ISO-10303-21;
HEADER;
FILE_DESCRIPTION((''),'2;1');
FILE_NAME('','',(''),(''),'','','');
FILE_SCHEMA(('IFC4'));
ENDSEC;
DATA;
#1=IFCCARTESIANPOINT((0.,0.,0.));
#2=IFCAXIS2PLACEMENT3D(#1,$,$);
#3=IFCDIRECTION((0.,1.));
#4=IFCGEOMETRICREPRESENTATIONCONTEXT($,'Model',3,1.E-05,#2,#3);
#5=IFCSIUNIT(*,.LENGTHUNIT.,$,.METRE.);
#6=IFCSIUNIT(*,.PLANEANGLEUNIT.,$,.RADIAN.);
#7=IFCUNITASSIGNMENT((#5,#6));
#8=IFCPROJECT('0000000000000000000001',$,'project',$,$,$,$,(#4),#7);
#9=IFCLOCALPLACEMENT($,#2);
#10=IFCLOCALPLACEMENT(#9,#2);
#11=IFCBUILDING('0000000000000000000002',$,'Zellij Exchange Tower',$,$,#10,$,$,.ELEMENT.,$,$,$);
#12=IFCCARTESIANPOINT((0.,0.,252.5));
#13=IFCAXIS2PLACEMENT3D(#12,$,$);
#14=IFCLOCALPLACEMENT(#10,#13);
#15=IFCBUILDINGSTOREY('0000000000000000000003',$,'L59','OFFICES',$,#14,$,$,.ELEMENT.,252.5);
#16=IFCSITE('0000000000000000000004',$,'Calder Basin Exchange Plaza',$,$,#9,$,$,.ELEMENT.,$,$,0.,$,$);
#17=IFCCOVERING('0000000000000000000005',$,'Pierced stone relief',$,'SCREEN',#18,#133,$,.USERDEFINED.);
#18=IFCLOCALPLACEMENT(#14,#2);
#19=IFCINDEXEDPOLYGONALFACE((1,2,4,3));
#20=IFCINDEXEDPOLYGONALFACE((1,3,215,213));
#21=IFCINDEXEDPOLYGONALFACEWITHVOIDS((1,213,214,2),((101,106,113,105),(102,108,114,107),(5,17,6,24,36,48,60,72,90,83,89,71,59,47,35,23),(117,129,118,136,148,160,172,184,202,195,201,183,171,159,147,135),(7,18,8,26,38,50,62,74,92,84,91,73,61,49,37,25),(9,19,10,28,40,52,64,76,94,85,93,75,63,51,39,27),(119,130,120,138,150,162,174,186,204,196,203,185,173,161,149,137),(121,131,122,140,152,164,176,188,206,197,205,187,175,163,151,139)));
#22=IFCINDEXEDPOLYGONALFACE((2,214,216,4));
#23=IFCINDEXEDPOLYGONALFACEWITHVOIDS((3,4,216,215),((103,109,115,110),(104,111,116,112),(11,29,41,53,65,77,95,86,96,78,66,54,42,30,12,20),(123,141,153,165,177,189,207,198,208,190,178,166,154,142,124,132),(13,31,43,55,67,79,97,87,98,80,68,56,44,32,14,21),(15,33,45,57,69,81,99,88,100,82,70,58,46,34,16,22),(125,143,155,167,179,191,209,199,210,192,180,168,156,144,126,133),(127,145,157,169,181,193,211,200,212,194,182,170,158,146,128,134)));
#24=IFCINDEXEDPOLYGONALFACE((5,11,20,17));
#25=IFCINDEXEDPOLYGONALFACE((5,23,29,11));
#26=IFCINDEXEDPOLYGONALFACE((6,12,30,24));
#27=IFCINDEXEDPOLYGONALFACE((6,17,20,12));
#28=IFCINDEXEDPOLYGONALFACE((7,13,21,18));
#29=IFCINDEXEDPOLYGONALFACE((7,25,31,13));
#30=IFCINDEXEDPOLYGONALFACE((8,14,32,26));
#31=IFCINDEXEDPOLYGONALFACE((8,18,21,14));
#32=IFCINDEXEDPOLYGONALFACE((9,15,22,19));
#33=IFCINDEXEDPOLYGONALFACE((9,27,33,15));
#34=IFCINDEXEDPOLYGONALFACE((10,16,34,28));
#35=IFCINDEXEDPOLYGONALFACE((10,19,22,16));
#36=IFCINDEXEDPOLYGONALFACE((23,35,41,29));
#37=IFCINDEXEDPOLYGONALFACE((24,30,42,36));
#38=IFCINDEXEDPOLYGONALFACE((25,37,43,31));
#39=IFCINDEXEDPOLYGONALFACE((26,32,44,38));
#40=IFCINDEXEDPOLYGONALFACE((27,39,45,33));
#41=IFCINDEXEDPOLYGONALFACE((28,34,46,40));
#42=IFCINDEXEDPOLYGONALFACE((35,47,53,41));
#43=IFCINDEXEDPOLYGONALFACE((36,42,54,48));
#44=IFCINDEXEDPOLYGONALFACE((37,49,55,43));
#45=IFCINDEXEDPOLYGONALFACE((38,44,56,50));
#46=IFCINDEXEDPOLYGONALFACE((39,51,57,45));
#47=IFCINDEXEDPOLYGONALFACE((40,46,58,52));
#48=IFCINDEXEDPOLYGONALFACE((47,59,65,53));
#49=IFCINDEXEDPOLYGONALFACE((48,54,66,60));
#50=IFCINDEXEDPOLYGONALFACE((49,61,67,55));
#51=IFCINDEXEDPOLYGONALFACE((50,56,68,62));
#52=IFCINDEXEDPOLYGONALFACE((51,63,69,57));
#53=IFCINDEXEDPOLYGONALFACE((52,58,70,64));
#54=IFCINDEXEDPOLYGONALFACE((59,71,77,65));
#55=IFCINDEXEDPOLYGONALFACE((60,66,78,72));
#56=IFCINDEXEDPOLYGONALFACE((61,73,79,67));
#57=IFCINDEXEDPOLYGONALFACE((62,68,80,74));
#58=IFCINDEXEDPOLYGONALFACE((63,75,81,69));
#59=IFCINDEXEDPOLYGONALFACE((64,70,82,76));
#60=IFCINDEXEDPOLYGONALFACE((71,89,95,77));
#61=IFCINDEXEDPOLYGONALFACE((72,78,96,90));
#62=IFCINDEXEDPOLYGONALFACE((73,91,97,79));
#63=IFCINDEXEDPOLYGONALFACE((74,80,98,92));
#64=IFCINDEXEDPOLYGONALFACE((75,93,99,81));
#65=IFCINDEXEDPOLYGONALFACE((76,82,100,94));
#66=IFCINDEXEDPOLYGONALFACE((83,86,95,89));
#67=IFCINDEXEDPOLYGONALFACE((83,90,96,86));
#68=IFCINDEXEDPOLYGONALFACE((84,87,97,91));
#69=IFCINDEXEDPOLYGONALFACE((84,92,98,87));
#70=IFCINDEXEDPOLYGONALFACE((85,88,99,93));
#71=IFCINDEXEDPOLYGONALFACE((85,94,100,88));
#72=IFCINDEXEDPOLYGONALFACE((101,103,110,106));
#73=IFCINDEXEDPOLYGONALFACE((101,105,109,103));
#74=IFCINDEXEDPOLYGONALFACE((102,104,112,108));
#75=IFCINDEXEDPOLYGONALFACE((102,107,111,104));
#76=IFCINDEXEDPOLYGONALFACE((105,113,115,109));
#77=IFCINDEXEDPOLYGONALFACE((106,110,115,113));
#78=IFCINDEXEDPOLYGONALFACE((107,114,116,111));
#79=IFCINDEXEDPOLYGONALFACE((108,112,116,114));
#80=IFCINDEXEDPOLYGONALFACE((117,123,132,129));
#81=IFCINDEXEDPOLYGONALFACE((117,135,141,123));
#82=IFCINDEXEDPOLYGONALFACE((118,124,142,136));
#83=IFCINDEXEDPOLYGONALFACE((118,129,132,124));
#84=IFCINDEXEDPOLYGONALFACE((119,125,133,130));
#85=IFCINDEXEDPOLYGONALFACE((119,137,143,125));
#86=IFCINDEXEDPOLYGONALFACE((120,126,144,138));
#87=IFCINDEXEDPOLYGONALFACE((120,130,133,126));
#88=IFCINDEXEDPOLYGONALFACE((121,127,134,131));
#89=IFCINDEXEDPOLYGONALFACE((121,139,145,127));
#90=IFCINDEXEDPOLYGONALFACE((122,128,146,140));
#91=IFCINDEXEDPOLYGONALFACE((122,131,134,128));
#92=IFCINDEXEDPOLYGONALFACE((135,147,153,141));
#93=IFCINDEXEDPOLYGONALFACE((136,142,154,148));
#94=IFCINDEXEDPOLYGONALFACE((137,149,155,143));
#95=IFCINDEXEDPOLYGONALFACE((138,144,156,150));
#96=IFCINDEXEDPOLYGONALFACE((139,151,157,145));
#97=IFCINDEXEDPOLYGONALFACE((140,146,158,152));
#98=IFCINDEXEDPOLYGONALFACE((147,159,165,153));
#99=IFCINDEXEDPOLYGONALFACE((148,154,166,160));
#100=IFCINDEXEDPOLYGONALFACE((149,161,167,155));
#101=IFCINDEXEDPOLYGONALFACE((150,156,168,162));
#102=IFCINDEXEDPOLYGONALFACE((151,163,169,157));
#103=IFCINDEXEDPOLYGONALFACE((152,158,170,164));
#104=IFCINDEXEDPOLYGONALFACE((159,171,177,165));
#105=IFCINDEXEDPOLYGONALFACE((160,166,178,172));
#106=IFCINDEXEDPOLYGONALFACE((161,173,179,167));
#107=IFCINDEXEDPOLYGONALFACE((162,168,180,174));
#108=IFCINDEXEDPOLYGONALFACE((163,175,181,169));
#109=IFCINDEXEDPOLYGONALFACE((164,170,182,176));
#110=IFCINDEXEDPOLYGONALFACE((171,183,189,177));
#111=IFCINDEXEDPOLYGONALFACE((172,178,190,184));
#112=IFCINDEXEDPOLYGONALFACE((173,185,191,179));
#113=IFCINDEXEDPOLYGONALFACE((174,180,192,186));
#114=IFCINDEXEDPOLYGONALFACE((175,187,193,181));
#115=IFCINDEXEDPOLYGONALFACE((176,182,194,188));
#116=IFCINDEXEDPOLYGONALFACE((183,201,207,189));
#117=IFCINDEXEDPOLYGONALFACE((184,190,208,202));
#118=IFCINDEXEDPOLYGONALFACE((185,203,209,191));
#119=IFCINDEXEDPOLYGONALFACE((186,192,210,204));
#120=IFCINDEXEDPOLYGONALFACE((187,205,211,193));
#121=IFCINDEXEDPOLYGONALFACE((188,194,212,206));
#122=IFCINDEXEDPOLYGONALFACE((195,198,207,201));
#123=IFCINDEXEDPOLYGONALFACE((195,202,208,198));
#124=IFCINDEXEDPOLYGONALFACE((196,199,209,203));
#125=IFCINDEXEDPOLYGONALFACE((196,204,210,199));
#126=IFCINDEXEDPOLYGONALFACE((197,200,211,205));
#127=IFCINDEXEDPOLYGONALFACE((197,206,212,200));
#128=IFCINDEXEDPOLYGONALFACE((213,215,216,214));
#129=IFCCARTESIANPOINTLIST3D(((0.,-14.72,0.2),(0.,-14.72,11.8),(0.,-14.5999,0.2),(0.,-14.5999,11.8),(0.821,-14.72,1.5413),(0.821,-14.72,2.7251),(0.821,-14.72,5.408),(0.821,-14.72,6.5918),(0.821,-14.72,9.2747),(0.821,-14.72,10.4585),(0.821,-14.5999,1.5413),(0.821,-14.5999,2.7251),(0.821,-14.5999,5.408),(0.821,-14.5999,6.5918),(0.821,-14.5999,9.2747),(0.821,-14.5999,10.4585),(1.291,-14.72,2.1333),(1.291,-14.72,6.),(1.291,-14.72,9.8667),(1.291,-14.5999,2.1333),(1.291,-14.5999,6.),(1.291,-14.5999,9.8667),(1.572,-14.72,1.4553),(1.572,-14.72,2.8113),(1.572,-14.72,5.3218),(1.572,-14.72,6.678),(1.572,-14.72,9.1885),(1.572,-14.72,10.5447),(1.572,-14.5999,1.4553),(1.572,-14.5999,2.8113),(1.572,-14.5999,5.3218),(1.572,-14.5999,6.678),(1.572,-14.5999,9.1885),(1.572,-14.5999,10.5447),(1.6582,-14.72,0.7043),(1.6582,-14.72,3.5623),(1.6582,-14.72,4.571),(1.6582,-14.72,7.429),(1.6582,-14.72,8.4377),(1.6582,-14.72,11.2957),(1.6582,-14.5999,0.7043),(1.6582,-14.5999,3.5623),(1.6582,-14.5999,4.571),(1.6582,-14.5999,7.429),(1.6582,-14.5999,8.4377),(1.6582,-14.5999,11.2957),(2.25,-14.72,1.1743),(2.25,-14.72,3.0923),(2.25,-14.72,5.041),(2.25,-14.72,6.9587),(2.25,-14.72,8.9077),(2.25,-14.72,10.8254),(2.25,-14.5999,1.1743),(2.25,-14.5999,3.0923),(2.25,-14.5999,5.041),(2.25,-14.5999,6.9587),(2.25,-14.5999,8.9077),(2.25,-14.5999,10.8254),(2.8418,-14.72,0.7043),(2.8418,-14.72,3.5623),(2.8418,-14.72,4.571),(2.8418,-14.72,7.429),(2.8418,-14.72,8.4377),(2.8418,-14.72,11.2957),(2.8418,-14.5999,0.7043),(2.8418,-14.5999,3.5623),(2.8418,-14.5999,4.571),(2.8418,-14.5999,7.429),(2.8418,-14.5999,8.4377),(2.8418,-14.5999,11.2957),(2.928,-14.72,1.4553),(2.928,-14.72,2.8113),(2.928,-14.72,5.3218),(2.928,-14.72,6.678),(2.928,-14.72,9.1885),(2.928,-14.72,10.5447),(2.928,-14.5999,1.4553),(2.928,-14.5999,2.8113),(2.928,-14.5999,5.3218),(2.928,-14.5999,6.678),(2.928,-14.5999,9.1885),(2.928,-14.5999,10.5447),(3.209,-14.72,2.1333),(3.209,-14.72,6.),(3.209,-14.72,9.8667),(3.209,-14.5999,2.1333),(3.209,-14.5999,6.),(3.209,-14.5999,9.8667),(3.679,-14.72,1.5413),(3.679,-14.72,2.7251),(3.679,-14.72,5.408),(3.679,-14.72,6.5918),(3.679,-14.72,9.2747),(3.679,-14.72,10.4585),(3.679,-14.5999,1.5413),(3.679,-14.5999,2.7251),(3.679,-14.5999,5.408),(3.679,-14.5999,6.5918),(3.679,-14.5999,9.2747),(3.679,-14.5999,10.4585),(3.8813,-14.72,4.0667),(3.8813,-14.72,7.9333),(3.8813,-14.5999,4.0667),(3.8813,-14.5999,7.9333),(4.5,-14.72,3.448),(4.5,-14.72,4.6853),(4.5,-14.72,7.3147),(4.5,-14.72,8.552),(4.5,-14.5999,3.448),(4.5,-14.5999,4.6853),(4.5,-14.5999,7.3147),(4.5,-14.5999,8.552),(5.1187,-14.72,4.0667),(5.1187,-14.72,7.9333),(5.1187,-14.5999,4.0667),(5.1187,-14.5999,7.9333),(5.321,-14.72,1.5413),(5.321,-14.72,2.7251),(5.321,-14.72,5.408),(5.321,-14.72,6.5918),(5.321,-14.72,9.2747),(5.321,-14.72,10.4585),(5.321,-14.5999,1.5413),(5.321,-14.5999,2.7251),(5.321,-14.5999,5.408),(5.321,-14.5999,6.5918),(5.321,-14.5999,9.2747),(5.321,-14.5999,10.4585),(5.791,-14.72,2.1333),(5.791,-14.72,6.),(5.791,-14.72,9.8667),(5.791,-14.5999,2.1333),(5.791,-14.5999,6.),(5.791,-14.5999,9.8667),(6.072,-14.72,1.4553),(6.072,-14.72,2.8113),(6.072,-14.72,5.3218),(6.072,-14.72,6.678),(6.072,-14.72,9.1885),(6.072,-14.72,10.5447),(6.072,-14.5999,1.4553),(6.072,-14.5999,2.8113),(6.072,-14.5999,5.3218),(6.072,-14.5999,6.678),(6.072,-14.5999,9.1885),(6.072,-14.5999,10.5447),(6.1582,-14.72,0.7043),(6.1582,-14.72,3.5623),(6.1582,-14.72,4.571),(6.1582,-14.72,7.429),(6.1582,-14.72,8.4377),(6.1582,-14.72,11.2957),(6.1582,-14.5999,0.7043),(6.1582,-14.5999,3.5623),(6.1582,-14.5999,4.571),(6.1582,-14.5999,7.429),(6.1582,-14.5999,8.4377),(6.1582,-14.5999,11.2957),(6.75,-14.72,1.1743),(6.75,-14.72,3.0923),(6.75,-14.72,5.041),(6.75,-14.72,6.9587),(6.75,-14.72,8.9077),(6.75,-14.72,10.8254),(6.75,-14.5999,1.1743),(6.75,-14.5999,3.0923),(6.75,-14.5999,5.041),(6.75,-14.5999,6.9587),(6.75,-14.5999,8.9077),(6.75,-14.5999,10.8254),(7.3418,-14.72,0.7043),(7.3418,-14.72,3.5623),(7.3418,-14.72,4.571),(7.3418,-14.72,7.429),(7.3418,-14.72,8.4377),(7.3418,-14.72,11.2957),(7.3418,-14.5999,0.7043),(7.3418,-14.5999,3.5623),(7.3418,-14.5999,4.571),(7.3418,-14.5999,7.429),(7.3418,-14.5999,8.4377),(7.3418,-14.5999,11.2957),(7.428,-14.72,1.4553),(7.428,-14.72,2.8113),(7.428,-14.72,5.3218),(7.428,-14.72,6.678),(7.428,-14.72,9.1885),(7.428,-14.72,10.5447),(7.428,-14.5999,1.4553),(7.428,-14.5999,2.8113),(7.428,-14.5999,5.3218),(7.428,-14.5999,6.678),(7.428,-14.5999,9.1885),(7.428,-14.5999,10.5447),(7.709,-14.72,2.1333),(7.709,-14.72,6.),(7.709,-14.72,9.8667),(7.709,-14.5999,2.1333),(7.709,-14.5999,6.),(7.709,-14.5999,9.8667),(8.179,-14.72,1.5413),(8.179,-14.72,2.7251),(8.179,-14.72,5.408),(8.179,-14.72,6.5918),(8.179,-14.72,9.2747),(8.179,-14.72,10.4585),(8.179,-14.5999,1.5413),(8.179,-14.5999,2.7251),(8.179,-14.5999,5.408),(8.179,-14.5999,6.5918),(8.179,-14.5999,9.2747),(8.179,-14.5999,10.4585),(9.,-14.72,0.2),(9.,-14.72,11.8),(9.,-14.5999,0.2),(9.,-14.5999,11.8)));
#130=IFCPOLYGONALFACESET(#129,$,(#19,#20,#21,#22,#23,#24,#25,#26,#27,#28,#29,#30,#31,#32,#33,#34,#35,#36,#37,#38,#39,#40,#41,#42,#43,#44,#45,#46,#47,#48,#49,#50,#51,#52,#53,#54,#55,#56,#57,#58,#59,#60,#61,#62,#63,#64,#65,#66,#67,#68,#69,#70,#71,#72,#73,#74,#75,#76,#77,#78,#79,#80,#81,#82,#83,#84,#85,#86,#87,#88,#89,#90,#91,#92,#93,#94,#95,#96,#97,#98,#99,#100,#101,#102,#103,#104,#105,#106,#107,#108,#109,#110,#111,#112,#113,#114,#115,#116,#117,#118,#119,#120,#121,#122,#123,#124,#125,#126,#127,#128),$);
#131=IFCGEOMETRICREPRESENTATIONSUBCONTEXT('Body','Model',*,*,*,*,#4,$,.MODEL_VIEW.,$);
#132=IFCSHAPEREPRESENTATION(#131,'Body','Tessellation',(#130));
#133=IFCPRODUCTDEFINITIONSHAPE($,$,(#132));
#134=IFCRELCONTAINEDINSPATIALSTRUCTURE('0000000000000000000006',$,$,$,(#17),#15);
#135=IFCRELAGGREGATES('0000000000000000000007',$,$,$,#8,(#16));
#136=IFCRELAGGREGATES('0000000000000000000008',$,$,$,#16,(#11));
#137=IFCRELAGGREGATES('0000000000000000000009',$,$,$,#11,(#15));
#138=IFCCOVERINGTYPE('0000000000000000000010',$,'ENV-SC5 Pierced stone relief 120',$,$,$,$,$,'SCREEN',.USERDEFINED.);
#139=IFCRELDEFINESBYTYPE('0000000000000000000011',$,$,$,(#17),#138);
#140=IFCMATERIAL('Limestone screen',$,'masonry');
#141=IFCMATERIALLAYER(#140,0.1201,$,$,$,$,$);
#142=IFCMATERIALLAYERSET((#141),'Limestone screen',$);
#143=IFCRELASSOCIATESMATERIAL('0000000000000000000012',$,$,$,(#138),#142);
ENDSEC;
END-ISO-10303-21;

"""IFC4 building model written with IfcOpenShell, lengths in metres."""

from ifc_helpers import new_model, si_unit, direction, frame, origin, place, context, subcontext, project, spatial, polyline, outline, extrude, material, layer, layer_set, type_object, element, save


model = new_model("IFC4")

# Units and contexts
model_context = context("Model", 3, precision=1e-05, world=origin(), true_north=direction((0.0, 1.0)))
body_context = subcontext(model_context, "Body", "Model", "MODEL_VIEW")
ifc_project = project(units=[si_unit("LENGTHUNIT", "METRE"), si_unit("PLANEANGLEUNIT", "RADIAN")], contexts=[model_context])

# Site, building, storey
site_placement = place(None, origin())
site = spatial("IfcSite", under=ifc_project, at=site_placement, Name="Calder Basin Exchange Plaza", CompositionType="ELEMENT", RefElevation=0.0)
building_placement = place(site_placement, origin())
building = spatial("IfcBuilding", under=site, at=building_placement, Name="Zellij Exchange Tower", CompositionType="ELEMENT")
storey_placement = place(building_placement, frame((0.0, 0.0, 252.5)))
storey = spatial("IfcBuildingStorey", under=building, at=storey_placement, Name="L59", Description="OFFICES", CompositionType="ELEMENT", Elevation=252.5)

# Covering
ifc_material_1 = material(Name="Limestone screen", Category="masonry")
ifc_layer_1 = layer(ifc_material_1, 0.1201)
ifc_layer_set_1 = layer_set([ifc_layer_1], Name="Limestone screen")
covering_type = type_object("IfcCoveringType", Name="ENV-SC5 Pierced stone relief 120", ElementType="SCREEN", PredefinedType="USERDEFINED", material=ifc_layer_set_1)
covering_1_placement = place(storey_placement, frame((0.0, -14.6599, 0.2), z_axis=(0.0, 0.0, 1.0), x_axis=(1.0, 0.0, 0.0)))
element("IfcCovering", 1, at=covering_1_placement, inside=storey, type_object=covering_type, Name="Pierced stone relief", ObjectType="SCREEN", PredefinedType="USERDEFINED", context=body_context, shape_type="SweptSolid", body=[
    extrude(outline(polyline([(0.0, 0.0), (9.0, 0.0), (9.0, 11.6001), (0.0, 11.6001), (0.0, 0.0)]), holes=[polyline([(3.679, 2.5251), (2.928, 2.6113), (2.8418, 3.3623), (2.25, 2.8923), (1.6582, 3.3623), (1.572, 2.6113), (0.821, 2.5251), (1.291, 1.9333), (0.821, 1.3413), (1.572, 1.2554), (1.6582, 0.5044), (2.25, 0.9744), (2.8418, 0.5044), (2.928, 1.2554), (3.679, 1.3413), (3.209, 1.9333), (3.679, 2.5251)]), polyline([(3.679, 6.3918), (2.928, 6.478), (2.8418, 7.229), (2.25, 6.7588), (1.6582, 7.229), (1.572, 6.478), (0.821, 6.3918), (1.291, 5.8), (0.821, 5.208), (1.572, 5.1218), (1.6582, 4.3711), (2.25, 4.8411), (2.8418, 4.3711), (2.928, 5.1218), (3.679, 5.208), (3.209, 5.8), (3.679, 6.3918)]), polyline([(3.679, 10.2585), (2.928, 10.3447), (2.8418, 11.0957), (2.25, 10.6255), (1.6582, 11.0957), (1.572, 10.3447), (0.821, 10.2585), (1.291, 9.6667), (0.821, 9.0747), (1.572, 8.9885), (1.6582, 8.2378), (2.25, 8.7078), (2.8418, 8.2378), (2.928, 8.9885), (3.679, 9.0747), (3.209, 9.6667), (3.679, 10.2585)]), polyline([(8.179, 2.5251), (7.428, 2.6113), (7.3418, 3.3623), (6.75, 2.8923), (6.1582, 3.3623), (6.072, 2.6113), (5.321, 2.5251), (5.791, 1.9333), (5.321, 1.3413), (6.072, 1.2554), (6.1582, 0.5044), (6.75, 0.9744), (7.3418, 0.5044), (7.428, 1.2554), (8.179, 1.3413), (7.709, 1.9333), (8.179, 2.5251)]), polyline([(8.179, 6.3918), (7.428, 6.478), (7.3418, 7.229), (6.75, 6.7588), (6.1582, 7.229), (6.072, 6.478), (5.321, 6.3918), (5.791, 5.8), (5.321, 5.208), (6.072, 5.1218), (6.1582, 4.3711), (6.75, 4.8411), (7.3418, 4.3711), (7.428, 5.1218), (8.179, 5.208), (7.709, 5.8), (8.179, 6.3918)]), polyline([(8.179, 10.2585), (7.428, 10.3447), (7.3418, 11.0957), (6.75, 10.6255), (6.1582, 11.0957), (6.072, 10.3447), (5.321, 10.2585), (5.791, 9.6667), (5.321, 9.0747), (6.072, 8.9885), (6.1582, 8.2378), (6.75, 8.7078), (7.3418, 8.2378), (7.428, 8.9885), (8.179, 9.0747), (7.709, 9.6667), (8.179, 10.2585)]), polyline([(5.1187, 3.8667), (4.5, 4.4854), (3.8813, 3.8667), (4.5, 3.248), (5.1187, 3.8667)]), polyline([(5.1187, 7.7334), (4.5, 8.3521), (3.8813, 7.7334), (4.5, 7.1147), (5.1187, 7.7334)])]), frame((0.0, 0.0601, 0.0), z_axis=(0.0, -1.0, 0.0), x_axis=(1.0, 0.0, 0.0)), (0.0, 0.0, 1.0), 0.1201),
])

save(model, "model.ifc")
